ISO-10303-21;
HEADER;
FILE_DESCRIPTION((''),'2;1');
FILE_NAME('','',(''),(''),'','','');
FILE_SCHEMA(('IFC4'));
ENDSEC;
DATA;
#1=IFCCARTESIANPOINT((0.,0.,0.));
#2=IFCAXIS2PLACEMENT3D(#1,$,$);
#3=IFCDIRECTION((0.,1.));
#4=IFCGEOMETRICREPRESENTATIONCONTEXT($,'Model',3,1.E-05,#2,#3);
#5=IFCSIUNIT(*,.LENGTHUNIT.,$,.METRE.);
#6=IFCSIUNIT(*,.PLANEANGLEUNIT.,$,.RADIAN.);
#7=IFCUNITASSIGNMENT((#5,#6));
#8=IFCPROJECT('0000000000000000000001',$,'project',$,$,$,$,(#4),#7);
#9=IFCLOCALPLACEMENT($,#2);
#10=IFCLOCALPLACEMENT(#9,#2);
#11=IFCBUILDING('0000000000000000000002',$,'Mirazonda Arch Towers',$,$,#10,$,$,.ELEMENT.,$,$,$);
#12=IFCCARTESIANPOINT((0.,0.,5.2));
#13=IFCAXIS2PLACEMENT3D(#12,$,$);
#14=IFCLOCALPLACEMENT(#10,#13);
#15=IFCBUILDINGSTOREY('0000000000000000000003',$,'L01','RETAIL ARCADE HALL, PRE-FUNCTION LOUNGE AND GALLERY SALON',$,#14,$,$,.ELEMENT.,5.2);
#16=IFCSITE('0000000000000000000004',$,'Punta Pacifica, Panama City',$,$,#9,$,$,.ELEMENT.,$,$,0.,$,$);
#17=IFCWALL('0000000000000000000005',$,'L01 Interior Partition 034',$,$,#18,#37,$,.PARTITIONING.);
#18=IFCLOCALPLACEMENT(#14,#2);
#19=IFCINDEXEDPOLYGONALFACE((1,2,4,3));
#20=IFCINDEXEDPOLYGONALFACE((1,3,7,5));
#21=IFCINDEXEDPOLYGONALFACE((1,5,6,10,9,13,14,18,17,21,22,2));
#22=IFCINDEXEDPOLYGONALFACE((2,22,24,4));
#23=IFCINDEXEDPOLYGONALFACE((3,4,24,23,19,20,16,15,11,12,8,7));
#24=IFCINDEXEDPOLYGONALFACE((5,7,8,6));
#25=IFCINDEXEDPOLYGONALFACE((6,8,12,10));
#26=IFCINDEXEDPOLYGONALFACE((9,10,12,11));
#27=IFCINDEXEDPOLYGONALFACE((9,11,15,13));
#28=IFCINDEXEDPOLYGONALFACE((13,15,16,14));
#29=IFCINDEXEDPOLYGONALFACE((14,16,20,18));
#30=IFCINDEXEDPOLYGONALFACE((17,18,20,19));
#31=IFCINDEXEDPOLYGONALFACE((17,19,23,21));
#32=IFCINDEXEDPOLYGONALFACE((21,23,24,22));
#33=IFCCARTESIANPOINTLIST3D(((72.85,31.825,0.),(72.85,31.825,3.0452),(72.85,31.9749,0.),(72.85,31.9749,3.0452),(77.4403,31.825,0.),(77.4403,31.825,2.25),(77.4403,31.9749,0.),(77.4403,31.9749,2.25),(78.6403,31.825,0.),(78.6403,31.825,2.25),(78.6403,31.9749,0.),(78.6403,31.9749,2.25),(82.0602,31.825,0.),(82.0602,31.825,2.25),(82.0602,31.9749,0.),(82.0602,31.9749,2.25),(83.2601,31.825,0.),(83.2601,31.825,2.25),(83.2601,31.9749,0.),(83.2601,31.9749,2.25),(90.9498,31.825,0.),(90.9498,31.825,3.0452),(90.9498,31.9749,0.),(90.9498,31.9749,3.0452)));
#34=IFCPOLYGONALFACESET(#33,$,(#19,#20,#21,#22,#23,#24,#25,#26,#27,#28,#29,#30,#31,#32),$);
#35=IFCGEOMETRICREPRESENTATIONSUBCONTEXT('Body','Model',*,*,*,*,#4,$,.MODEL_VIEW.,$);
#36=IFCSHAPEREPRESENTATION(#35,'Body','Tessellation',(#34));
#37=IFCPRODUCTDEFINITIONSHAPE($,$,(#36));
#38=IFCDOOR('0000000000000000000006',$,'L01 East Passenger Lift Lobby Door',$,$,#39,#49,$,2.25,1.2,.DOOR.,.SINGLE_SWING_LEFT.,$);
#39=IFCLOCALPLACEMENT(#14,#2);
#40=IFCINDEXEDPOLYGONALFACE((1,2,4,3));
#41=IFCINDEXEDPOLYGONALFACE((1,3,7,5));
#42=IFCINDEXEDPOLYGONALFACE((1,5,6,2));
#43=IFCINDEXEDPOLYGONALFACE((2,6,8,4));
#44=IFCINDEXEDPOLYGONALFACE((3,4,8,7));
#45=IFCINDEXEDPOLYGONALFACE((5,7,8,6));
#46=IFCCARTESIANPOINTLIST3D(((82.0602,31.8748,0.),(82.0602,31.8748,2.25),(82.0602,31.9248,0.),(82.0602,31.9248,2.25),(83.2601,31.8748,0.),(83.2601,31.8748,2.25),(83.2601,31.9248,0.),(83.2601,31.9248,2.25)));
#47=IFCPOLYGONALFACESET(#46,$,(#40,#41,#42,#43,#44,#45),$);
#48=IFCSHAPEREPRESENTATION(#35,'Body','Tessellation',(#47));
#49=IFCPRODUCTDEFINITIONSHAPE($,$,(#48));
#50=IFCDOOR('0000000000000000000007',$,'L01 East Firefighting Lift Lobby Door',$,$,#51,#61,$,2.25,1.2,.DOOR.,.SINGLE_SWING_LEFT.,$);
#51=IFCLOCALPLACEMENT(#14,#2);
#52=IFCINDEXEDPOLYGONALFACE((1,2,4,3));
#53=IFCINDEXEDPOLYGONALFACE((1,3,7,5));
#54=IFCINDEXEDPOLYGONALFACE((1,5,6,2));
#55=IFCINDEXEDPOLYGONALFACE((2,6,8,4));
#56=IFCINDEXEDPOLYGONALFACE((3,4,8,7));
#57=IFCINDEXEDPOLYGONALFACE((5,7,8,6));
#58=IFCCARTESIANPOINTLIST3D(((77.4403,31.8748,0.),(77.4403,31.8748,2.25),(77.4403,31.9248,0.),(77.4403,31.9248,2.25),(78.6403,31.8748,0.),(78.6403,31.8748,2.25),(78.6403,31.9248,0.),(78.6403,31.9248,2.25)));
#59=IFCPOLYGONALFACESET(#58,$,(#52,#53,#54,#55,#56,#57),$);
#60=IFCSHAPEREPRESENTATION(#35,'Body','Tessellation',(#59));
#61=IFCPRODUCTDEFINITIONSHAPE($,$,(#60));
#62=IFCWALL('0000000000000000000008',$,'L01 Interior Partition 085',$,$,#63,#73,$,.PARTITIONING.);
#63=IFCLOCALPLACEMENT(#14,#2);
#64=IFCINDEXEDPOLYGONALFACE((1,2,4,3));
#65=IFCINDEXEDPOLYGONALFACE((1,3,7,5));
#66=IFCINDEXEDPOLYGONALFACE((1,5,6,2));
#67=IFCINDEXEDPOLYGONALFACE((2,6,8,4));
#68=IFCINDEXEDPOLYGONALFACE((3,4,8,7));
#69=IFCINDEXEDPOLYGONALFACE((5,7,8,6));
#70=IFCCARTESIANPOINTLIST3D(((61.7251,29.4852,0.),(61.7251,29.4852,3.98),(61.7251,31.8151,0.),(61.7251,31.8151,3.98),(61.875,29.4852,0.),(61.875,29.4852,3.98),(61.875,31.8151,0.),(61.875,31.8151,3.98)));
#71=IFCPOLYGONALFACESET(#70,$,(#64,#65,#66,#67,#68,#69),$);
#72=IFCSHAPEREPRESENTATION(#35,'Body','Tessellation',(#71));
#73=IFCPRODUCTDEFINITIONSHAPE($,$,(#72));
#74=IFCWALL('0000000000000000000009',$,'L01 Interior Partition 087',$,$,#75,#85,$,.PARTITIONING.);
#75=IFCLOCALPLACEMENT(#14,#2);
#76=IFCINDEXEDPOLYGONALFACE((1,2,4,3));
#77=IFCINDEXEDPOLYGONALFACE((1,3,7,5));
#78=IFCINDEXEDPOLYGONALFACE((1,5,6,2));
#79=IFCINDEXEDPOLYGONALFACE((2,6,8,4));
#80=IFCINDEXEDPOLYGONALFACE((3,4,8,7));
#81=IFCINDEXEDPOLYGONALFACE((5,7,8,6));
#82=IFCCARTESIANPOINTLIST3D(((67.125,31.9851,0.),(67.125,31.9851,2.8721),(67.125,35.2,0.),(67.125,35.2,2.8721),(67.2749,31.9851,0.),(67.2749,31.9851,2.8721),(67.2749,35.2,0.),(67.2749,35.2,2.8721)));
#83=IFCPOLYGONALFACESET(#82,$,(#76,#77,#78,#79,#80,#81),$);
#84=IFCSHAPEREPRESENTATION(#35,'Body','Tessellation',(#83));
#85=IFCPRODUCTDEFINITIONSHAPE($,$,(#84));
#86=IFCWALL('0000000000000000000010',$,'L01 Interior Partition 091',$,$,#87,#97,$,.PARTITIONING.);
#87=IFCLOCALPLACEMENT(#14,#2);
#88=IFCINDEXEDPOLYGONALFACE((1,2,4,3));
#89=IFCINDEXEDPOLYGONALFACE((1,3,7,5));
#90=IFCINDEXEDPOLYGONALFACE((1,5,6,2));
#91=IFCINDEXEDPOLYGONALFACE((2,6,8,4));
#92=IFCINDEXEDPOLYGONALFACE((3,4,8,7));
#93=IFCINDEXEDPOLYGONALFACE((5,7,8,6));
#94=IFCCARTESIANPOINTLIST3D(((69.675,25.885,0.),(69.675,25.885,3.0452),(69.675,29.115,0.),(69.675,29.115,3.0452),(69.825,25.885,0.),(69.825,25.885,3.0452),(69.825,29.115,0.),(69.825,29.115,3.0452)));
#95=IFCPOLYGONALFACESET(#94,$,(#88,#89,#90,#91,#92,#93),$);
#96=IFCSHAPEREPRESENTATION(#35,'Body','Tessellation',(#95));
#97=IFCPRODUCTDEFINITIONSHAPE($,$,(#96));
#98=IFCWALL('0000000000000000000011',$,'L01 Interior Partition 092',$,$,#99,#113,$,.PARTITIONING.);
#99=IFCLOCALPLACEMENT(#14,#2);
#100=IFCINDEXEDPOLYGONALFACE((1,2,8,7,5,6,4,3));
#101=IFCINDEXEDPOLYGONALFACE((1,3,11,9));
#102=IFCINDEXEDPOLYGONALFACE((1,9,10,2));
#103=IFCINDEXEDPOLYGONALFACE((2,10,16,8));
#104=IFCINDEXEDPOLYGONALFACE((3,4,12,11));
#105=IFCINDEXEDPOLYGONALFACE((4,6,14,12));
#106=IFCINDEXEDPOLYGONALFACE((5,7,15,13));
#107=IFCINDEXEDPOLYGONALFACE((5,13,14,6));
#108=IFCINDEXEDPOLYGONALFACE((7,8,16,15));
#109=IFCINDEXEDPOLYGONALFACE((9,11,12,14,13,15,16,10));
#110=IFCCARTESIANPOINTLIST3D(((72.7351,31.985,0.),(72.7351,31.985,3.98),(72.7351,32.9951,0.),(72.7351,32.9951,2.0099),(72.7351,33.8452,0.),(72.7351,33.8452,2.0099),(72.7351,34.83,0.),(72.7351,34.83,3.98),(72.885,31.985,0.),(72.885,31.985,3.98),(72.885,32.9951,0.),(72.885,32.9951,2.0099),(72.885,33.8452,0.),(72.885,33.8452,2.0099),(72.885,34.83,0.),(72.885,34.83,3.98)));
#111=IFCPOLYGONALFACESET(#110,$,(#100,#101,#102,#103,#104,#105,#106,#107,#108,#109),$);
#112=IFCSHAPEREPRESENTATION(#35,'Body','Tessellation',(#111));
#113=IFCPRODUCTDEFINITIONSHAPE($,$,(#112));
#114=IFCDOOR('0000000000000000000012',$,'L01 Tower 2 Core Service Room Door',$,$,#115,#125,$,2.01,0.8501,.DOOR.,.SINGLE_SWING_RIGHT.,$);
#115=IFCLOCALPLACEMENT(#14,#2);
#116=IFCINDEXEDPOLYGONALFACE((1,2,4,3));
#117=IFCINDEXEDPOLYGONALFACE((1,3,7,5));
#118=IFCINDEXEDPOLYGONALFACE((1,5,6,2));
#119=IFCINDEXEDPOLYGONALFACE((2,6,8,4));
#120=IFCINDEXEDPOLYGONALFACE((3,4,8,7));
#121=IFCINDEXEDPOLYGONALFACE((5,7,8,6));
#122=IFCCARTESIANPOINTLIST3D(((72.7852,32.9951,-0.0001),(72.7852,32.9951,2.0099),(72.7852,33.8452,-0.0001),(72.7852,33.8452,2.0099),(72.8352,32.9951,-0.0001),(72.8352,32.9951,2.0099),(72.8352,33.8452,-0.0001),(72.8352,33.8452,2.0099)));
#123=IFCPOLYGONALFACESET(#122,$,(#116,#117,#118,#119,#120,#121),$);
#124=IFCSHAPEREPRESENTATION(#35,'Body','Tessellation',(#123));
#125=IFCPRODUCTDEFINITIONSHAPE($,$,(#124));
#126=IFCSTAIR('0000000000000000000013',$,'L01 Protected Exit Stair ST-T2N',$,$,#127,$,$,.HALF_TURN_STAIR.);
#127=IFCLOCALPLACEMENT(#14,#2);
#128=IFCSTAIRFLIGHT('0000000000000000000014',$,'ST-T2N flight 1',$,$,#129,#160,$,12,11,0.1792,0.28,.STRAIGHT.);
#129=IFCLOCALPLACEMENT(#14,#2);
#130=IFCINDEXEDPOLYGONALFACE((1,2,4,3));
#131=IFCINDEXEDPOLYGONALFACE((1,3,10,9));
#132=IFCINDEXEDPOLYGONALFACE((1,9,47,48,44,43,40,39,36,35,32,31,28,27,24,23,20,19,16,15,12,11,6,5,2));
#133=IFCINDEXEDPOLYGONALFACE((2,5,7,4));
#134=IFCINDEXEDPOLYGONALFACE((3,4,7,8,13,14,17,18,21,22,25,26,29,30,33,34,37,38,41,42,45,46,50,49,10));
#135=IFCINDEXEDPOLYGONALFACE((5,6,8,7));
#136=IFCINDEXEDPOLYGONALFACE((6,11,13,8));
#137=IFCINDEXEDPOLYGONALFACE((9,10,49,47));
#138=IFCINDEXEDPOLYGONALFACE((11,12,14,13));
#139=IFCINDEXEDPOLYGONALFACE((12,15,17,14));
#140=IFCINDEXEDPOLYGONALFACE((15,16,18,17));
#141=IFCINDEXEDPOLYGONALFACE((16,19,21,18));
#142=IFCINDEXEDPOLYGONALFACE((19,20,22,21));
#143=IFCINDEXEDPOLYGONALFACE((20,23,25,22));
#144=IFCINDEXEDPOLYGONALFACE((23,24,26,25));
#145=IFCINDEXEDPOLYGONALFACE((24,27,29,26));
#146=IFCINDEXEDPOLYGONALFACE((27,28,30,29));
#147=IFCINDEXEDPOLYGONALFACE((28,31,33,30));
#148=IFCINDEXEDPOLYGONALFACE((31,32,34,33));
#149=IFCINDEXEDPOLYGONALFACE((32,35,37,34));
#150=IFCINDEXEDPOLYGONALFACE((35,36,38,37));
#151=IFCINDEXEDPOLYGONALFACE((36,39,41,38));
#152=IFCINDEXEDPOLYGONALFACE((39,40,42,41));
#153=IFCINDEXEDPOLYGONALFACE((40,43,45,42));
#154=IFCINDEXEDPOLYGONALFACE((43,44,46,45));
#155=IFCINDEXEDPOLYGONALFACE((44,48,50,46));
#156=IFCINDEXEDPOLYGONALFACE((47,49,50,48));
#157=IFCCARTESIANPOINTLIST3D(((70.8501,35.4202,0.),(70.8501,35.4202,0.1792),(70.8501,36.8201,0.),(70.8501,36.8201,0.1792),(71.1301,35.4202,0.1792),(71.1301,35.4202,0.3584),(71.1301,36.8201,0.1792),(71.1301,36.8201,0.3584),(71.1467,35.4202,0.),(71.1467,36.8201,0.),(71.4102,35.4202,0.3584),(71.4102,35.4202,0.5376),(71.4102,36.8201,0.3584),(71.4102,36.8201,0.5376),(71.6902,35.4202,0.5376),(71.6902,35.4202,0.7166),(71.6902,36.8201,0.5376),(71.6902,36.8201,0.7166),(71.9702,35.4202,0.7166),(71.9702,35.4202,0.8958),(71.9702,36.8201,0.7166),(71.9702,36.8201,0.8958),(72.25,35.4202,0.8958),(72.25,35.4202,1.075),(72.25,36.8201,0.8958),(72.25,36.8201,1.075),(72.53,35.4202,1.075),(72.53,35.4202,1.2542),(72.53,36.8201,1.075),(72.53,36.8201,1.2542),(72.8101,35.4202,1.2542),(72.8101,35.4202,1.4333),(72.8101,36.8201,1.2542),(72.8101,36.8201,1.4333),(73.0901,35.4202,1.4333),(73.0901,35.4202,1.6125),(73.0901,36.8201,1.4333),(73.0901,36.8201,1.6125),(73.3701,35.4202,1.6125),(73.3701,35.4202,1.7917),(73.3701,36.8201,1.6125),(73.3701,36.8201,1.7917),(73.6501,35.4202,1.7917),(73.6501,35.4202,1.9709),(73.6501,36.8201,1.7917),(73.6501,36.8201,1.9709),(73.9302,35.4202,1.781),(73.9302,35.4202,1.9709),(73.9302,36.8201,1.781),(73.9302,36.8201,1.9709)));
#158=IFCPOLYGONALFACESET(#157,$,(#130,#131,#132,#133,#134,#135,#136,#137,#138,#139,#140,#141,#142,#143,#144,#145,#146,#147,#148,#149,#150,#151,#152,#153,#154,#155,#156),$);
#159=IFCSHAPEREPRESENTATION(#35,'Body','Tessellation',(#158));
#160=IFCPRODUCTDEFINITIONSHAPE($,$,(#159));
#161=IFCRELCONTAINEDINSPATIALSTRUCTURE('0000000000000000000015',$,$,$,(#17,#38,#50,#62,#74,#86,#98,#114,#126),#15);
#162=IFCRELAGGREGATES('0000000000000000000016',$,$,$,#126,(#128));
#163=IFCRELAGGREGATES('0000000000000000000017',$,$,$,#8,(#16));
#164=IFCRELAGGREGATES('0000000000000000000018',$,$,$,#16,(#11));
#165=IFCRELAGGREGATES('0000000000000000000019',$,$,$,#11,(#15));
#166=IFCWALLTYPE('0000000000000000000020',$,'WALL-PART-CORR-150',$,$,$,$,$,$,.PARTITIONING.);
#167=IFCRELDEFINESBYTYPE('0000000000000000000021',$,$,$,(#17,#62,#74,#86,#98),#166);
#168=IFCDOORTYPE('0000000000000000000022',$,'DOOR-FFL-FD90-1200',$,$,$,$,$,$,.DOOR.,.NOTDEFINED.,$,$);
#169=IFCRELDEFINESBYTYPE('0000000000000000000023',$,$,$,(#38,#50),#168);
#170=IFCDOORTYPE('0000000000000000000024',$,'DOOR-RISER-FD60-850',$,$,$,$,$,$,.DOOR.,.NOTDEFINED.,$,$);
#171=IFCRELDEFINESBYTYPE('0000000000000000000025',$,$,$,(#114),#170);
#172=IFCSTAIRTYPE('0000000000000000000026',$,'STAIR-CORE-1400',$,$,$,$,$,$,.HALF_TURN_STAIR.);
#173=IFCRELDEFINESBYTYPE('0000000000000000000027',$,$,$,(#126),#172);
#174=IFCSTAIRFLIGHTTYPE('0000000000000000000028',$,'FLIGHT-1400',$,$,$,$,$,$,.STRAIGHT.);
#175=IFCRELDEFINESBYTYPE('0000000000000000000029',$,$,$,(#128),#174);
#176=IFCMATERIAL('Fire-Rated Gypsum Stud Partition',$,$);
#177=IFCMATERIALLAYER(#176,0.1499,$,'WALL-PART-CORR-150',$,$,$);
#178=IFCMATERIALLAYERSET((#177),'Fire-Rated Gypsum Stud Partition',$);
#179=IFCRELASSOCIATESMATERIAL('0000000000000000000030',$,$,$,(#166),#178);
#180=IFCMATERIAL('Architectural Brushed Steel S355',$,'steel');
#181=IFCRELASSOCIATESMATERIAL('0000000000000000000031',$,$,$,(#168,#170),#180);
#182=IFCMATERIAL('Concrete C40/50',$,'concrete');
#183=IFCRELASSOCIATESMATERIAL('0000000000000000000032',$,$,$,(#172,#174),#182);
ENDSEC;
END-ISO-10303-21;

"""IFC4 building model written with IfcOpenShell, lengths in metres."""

from ifc_helpers import new_model, si_unit, direction, frame, frame_2d, origin, place, context, subcontext, project, spatial, polyline, rectangle, outline, extrude, material, layer, layer_set, type_object, element, fill, aggregate, save


model = new_model("IFC4")

# Units and contexts
model_context = context("Model", 3, precision=1e-05, world=origin(), true_north=direction((0.0, 1.0)))
body_context = subcontext(model_context, "Body", "Model", "MODEL_VIEW")
ifc_project = project(units=[si_unit("LENGTHUNIT", "METRE"), si_unit("PLANEANGLEUNIT", "RADIAN")], contexts=[model_context])

# Site, building, storey
site_placement = place(None, origin())
site = spatial("IfcSite", under=ifc_project, at=site_placement, Name="Punta Pacifica, Panama City", CompositionType="ELEMENT", RefElevation=0.0)
building_placement = place(site_placement, origin())
building = spatial("IfcBuilding", under=site, at=building_placement, Name="Mirazonda Arch Towers", CompositionType="ELEMENT")
storey_placement = place(building_placement, frame((0.0, 0.0, 5.2)))
storey = spatial("IfcBuildingStorey", under=building, at=storey_placement, Name="L01", Description="RETAIL ARCADE HALL, PRE-FUNCTION LOUNGE AND GALLERY SALON", CompositionType="ELEMENT", Elevation=5.2)

# Shared definitions
ifc_material_1 = material(Name="Architectural Brushed Steel S355", Category="steel")

# Shared definitions
ifc_material_2 = material(Name="Fire-Rated Gypsum Stud Partition")
ifc_layer_1 = layer(ifc_material_2, 0.1499, Name="WALL-PART-CORR-150")
ifc_layer_set_1 = layer_set([ifc_layer_1], Name="Fire-Rated Gypsum Stud Partition")
wall_type_1 = type_object("IfcWallType", Name="WALL-PART-CORR-150", PredefinedType="PARTITIONING", material=ifc_layer_set_1)

# Wall, openings, doors
wall_1_placement = place(storey_placement, frame((72.8501, 31.8999, 0.0), z_axis=(0.0, 0.0, 1.0), x_axis=(1.0, 0.0, 0.0)))
wall_1 = element("IfcWall", 1, at=wall_1_placement, inside=storey, type_object=wall_type_1, Name="L01 Interior Partition 034", PredefinedType="PARTITIONING", context=body_context, shape_type="SweptSolid", body=[
    extrude(rectangle(XDim=18.0999, YDim=0.1499, at=frame_2d((9.0498, 0.0))), origin(), (0.0, 0.0, 1.0), 3.0452),
])
opening_1_placement = place(wall_1_placement, frame((9.21, 0.0, 0.0)))
opening_1 = element("IfcOpeningElement", 2, at=opening_1_placement, cuts=wall_1, PredefinedType="OPENING", context=body_context, shape_type="SweptSolid", body=[
    extrude(rectangle(XDim=1.2, YDim=2.25, at=frame_2d((0.6001, 1.125))), frame((0.0, 0.085, 0.0), z_axis=(0.0, -1.0, 0.0), x_axis=(1.0, 0.0, 0.0)), (0.0, 0.0, 1.0), 0.1699),
])
opening_2_placement = place(wall_1_placement, frame((4.5901, 0.0, 0.0)))
opening_2 = element("IfcOpeningElement", 3, at=opening_2_placement, cuts=wall_1, PredefinedType="OPENING", context=body_context, shape_type="SweptSolid", body=[
    extrude(rectangle(XDim=1.2, YDim=2.25, at=frame_2d((0.6001, 1.125))), frame((0.0, 0.085, 0.0), z_axis=(0.0, -1.0, 0.0), x_axis=(1.0, 0.0, 0.0)), (0.0, 0.0, 1.0), 0.1699),
])
door_type_1 = type_object("IfcDoorType", Name="DOOR-FFL-FD90-1200", OperationType="NOTDEFINED", PredefinedType="DOOR", material=ifc_material_1)
door_1_placement = place(opening_1_placement, origin())
door_1 = element("IfcDoor", 4, at=door_1_placement, inside=storey, type_object=door_type_1, Name="L01 East Passenger Lift Lobby Door", OperationType="SINGLE_SWING_LEFT", OverallHeight=2.25, OverallWidth=1.2, PredefinedType="DOOR", context=body_context, shape_type="SweptSolid", body=[
    extrude(rectangle(XDim=1.2, YDim=2.25, at=frame_2d((0.6001, 1.125))), frame((0.0, 0.0249, 0.0), z_axis=(0.0, -1.0, 0.0), x_axis=(1.0, 0.0, 0.0)), (0.0, 0.0, 1.0), 0.05),
])
fill(opening_1, door_1)
door_2_placement = place(opening_2_placement, origin())
door_2 = element("IfcDoor", 5, at=door_2_placement, inside=storey, type_object=door_type_1, Name="L01 East Firefighting Lift Lobby Door", OperationType="SINGLE_SWING_LEFT", OverallHeight=2.25, OverallWidth=1.2, PredefinedType="DOOR", context=body_context, shape_type="SweptSolid", body=[
    extrude(rectangle(XDim=1.2, YDim=2.25, at=frame_2d((0.6001, 1.125))), frame((0.0, 0.0249, 0.0), z_axis=(0.0, -1.0, 0.0), x_axis=(1.0, 0.0, 0.0)), (0.0, 0.0, 1.0), 0.05),
])
fill(opening_2, door_2)

# Walls
wall_2_placement = place(storey_placement, frame((61.8, 29.4851, 0.0), z_axis=(0.0, 0.0, 1.0), x_axis=(0.0, 1.0, 0.0)))
element("IfcWall", 6, at=wall_2_placement, inside=storey, type_object=wall_type_1, Name="L01 Interior Partition 085", PredefinedType="PARTITIONING", context=body_context, shape_type="SweptSolid", body=[
    extrude(rectangle(XDim=2.3298, YDim=0.1499, at=frame_2d((1.165, 0.0))), origin(), (0.0, 0.0, 1.0), 3.98),
])
wall_3_placement = place(storey_placement, frame((67.2, 31.9851, 0.0), z_axis=(0.0, 0.0, 1.0), x_axis=(0.0, 1.0, 0.0)))
element("IfcWall", 7, at=wall_3_placement, inside=storey, type_object=wall_type_1, Name="L01 Interior Partition 087", PredefinedType="PARTITIONING", context=body_context, shape_type="SweptSolid", body=[
    extrude(rectangle(XDim=3.2148, YDim=0.1499, at=frame_2d((1.6074, 0.0))), origin(), (0.0, 0.0, 1.0), 2.8721),
])
wall_4_placement = place(storey_placement, frame((69.75, 25.885, 0.0), z_axis=(0.0, 0.0, 1.0), x_axis=(0.0, 1.0, 0.0)))
element("IfcWall", 8, at=wall_4_placement, inside=storey, type_object=wall_type_1, Name="L01 Interior Partition 091", PredefinedType="PARTITIONING", context=body_context, shape_type="SweptSolid", body=[
    extrude(rectangle(XDim=3.23, YDim=0.1499, at=frame_2d((1.615, 0.0))), origin(), (0.0, 0.0, 1.0), 3.0452),
])

# Wall, opening, door
wall_5_placement = place(storey_placement, frame((72.8101, 31.9851, 0.0), z_axis=(0.0, 0.0, 1.0), x_axis=(0.0, 1.0, 0.0)))
wall_5 = element("IfcWall", 9, at=wall_5_placement, inside=storey, type_object=wall_type_1, Name="L01 Interior Partition 092", PredefinedType="PARTITIONING", context=body_context, shape_type="SweptSolid", body=[
    extrude(rectangle(XDim=2.845, YDim=0.1499, at=frame_2d((1.4224, 0.0))), origin(), (0.0, 0.0, 1.0), 3.98),
])
opening_3_placement = place(wall_5_placement, frame((1.01, 0.0, 0.0)))
opening_3 = element("IfcOpeningElement", 10, at=opening_3_placement, cuts=wall_5, PredefinedType="OPENING", context=body_context, shape_type="SweptSolid", body=[
    extrude(rectangle(XDim=0.8501, YDim=2.01, at=frame_2d((0.425, 1.0049))), frame((0.0, 0.085, 0.0), z_axis=(0.0, -1.0, 0.0), x_axis=(1.0, 0.0, 0.0)), (0.0, 0.0, 1.0), 0.1699),
])
door_type_2 = type_object("IfcDoorType", Name="DOOR-RISER-FD60-850", OperationType="NOTDEFINED", PredefinedType="DOOR", material=ifc_material_1)
door_3_placement = place(opening_3_placement, origin())
door_3 = element("IfcDoor", 11, at=door_3_placement, inside=storey, type_object=door_type_2, Name="L01 Tower 2 Core Service Room Door", OperationType="SINGLE_SWING_RIGHT", OverallHeight=2.01, OverallWidth=0.8501, PredefinedType="DOOR", context=body_context, shape_type="SweptSolid", body=[
    extrude(rectangle(XDim=0.8501, YDim=2.01, at=frame_2d((0.425, 1.0049))), frame((0.0, 0.0249, 0.0), z_axis=(0.0, -1.0, 0.0), x_axis=(1.0, 0.0, 0.0)), (0.0, 0.0, 1.0), 0.05),
])
fill(opening_3, door_3)

# Stair, stair flight
ifc_material_3 = material(Name="Concrete C40/50", Category="concrete")
stair_type = type_object("IfcStairType", Name="STAIR-CORE-1400", PredefinedType="HALF_TURN_STAIR", material=ifc_material_3)
stair_placement = place(storey_placement, origin())
stair = element("IfcStair", 12, at=stair_placement, inside=storey, type_object=stair_type, Name="L01 Protected Exit Stair ST-T2N", PredefinedType="HALF_TURN_STAIR")
stair_flight_type = type_object("IfcStairFlightType", Name="FLIGHT-1400", PredefinedType="STRAIGHT", material=ifc_material_3)
stair_flight_1_placement = place(storey_placement, frame((70.8501, 36.1201, 0.0), z_axis=(0.0, 0.0, 1.0), x_axis=(1.0, 0.0, 0.0)))
stair_flight_1 = element("IfcStairFlight", 13, at=stair_flight_1_placement, type_object=stair_flight_type, Name="ST-T2N flight 1", NumberOfRisers=12, NumberOfTreads=11, PredefinedType="STRAIGHT", RiserHeight=0.1792, TreadLength=0.28, context=body_context, shape_type="SweptSolid", body=[
    extrude(outline(polyline([(0.0, 0.0), (0.0, 0.1792), (0.28, 0.1792), (0.28, 0.3584), (0.5601, 0.3584), (0.5601, 0.5376), (0.8401, 0.5376), (0.8401, 0.7166), (1.1201, 0.7166), (1.1201, 0.8958), (1.3999, 0.8958), (1.3999, 1.075), (1.6799, 1.075), (1.6799, 1.2542), (1.96, 1.2542), (1.96, 1.4333), (2.24, 1.4333), (2.24, 1.6125), (2.52, 1.6125), (2.52, 1.7917), (2.8, 1.7917), (2.8, 1.9709), (3.0801, 1.9709), (3.0801, 2.1499), (3.0801, 1.781), (0.2966, 0.0), (0.0, 0.0)])), frame((0.0, 0.7, 0.0), z_axis=(0.0, -1.0, 0.0), x_axis=(1.0, 0.0, 0.0)), (0.0, 0.0, 1.0), 1.3999),
])
aggregate(stair, [stair_flight_1])

save(model, "model.ifc")
